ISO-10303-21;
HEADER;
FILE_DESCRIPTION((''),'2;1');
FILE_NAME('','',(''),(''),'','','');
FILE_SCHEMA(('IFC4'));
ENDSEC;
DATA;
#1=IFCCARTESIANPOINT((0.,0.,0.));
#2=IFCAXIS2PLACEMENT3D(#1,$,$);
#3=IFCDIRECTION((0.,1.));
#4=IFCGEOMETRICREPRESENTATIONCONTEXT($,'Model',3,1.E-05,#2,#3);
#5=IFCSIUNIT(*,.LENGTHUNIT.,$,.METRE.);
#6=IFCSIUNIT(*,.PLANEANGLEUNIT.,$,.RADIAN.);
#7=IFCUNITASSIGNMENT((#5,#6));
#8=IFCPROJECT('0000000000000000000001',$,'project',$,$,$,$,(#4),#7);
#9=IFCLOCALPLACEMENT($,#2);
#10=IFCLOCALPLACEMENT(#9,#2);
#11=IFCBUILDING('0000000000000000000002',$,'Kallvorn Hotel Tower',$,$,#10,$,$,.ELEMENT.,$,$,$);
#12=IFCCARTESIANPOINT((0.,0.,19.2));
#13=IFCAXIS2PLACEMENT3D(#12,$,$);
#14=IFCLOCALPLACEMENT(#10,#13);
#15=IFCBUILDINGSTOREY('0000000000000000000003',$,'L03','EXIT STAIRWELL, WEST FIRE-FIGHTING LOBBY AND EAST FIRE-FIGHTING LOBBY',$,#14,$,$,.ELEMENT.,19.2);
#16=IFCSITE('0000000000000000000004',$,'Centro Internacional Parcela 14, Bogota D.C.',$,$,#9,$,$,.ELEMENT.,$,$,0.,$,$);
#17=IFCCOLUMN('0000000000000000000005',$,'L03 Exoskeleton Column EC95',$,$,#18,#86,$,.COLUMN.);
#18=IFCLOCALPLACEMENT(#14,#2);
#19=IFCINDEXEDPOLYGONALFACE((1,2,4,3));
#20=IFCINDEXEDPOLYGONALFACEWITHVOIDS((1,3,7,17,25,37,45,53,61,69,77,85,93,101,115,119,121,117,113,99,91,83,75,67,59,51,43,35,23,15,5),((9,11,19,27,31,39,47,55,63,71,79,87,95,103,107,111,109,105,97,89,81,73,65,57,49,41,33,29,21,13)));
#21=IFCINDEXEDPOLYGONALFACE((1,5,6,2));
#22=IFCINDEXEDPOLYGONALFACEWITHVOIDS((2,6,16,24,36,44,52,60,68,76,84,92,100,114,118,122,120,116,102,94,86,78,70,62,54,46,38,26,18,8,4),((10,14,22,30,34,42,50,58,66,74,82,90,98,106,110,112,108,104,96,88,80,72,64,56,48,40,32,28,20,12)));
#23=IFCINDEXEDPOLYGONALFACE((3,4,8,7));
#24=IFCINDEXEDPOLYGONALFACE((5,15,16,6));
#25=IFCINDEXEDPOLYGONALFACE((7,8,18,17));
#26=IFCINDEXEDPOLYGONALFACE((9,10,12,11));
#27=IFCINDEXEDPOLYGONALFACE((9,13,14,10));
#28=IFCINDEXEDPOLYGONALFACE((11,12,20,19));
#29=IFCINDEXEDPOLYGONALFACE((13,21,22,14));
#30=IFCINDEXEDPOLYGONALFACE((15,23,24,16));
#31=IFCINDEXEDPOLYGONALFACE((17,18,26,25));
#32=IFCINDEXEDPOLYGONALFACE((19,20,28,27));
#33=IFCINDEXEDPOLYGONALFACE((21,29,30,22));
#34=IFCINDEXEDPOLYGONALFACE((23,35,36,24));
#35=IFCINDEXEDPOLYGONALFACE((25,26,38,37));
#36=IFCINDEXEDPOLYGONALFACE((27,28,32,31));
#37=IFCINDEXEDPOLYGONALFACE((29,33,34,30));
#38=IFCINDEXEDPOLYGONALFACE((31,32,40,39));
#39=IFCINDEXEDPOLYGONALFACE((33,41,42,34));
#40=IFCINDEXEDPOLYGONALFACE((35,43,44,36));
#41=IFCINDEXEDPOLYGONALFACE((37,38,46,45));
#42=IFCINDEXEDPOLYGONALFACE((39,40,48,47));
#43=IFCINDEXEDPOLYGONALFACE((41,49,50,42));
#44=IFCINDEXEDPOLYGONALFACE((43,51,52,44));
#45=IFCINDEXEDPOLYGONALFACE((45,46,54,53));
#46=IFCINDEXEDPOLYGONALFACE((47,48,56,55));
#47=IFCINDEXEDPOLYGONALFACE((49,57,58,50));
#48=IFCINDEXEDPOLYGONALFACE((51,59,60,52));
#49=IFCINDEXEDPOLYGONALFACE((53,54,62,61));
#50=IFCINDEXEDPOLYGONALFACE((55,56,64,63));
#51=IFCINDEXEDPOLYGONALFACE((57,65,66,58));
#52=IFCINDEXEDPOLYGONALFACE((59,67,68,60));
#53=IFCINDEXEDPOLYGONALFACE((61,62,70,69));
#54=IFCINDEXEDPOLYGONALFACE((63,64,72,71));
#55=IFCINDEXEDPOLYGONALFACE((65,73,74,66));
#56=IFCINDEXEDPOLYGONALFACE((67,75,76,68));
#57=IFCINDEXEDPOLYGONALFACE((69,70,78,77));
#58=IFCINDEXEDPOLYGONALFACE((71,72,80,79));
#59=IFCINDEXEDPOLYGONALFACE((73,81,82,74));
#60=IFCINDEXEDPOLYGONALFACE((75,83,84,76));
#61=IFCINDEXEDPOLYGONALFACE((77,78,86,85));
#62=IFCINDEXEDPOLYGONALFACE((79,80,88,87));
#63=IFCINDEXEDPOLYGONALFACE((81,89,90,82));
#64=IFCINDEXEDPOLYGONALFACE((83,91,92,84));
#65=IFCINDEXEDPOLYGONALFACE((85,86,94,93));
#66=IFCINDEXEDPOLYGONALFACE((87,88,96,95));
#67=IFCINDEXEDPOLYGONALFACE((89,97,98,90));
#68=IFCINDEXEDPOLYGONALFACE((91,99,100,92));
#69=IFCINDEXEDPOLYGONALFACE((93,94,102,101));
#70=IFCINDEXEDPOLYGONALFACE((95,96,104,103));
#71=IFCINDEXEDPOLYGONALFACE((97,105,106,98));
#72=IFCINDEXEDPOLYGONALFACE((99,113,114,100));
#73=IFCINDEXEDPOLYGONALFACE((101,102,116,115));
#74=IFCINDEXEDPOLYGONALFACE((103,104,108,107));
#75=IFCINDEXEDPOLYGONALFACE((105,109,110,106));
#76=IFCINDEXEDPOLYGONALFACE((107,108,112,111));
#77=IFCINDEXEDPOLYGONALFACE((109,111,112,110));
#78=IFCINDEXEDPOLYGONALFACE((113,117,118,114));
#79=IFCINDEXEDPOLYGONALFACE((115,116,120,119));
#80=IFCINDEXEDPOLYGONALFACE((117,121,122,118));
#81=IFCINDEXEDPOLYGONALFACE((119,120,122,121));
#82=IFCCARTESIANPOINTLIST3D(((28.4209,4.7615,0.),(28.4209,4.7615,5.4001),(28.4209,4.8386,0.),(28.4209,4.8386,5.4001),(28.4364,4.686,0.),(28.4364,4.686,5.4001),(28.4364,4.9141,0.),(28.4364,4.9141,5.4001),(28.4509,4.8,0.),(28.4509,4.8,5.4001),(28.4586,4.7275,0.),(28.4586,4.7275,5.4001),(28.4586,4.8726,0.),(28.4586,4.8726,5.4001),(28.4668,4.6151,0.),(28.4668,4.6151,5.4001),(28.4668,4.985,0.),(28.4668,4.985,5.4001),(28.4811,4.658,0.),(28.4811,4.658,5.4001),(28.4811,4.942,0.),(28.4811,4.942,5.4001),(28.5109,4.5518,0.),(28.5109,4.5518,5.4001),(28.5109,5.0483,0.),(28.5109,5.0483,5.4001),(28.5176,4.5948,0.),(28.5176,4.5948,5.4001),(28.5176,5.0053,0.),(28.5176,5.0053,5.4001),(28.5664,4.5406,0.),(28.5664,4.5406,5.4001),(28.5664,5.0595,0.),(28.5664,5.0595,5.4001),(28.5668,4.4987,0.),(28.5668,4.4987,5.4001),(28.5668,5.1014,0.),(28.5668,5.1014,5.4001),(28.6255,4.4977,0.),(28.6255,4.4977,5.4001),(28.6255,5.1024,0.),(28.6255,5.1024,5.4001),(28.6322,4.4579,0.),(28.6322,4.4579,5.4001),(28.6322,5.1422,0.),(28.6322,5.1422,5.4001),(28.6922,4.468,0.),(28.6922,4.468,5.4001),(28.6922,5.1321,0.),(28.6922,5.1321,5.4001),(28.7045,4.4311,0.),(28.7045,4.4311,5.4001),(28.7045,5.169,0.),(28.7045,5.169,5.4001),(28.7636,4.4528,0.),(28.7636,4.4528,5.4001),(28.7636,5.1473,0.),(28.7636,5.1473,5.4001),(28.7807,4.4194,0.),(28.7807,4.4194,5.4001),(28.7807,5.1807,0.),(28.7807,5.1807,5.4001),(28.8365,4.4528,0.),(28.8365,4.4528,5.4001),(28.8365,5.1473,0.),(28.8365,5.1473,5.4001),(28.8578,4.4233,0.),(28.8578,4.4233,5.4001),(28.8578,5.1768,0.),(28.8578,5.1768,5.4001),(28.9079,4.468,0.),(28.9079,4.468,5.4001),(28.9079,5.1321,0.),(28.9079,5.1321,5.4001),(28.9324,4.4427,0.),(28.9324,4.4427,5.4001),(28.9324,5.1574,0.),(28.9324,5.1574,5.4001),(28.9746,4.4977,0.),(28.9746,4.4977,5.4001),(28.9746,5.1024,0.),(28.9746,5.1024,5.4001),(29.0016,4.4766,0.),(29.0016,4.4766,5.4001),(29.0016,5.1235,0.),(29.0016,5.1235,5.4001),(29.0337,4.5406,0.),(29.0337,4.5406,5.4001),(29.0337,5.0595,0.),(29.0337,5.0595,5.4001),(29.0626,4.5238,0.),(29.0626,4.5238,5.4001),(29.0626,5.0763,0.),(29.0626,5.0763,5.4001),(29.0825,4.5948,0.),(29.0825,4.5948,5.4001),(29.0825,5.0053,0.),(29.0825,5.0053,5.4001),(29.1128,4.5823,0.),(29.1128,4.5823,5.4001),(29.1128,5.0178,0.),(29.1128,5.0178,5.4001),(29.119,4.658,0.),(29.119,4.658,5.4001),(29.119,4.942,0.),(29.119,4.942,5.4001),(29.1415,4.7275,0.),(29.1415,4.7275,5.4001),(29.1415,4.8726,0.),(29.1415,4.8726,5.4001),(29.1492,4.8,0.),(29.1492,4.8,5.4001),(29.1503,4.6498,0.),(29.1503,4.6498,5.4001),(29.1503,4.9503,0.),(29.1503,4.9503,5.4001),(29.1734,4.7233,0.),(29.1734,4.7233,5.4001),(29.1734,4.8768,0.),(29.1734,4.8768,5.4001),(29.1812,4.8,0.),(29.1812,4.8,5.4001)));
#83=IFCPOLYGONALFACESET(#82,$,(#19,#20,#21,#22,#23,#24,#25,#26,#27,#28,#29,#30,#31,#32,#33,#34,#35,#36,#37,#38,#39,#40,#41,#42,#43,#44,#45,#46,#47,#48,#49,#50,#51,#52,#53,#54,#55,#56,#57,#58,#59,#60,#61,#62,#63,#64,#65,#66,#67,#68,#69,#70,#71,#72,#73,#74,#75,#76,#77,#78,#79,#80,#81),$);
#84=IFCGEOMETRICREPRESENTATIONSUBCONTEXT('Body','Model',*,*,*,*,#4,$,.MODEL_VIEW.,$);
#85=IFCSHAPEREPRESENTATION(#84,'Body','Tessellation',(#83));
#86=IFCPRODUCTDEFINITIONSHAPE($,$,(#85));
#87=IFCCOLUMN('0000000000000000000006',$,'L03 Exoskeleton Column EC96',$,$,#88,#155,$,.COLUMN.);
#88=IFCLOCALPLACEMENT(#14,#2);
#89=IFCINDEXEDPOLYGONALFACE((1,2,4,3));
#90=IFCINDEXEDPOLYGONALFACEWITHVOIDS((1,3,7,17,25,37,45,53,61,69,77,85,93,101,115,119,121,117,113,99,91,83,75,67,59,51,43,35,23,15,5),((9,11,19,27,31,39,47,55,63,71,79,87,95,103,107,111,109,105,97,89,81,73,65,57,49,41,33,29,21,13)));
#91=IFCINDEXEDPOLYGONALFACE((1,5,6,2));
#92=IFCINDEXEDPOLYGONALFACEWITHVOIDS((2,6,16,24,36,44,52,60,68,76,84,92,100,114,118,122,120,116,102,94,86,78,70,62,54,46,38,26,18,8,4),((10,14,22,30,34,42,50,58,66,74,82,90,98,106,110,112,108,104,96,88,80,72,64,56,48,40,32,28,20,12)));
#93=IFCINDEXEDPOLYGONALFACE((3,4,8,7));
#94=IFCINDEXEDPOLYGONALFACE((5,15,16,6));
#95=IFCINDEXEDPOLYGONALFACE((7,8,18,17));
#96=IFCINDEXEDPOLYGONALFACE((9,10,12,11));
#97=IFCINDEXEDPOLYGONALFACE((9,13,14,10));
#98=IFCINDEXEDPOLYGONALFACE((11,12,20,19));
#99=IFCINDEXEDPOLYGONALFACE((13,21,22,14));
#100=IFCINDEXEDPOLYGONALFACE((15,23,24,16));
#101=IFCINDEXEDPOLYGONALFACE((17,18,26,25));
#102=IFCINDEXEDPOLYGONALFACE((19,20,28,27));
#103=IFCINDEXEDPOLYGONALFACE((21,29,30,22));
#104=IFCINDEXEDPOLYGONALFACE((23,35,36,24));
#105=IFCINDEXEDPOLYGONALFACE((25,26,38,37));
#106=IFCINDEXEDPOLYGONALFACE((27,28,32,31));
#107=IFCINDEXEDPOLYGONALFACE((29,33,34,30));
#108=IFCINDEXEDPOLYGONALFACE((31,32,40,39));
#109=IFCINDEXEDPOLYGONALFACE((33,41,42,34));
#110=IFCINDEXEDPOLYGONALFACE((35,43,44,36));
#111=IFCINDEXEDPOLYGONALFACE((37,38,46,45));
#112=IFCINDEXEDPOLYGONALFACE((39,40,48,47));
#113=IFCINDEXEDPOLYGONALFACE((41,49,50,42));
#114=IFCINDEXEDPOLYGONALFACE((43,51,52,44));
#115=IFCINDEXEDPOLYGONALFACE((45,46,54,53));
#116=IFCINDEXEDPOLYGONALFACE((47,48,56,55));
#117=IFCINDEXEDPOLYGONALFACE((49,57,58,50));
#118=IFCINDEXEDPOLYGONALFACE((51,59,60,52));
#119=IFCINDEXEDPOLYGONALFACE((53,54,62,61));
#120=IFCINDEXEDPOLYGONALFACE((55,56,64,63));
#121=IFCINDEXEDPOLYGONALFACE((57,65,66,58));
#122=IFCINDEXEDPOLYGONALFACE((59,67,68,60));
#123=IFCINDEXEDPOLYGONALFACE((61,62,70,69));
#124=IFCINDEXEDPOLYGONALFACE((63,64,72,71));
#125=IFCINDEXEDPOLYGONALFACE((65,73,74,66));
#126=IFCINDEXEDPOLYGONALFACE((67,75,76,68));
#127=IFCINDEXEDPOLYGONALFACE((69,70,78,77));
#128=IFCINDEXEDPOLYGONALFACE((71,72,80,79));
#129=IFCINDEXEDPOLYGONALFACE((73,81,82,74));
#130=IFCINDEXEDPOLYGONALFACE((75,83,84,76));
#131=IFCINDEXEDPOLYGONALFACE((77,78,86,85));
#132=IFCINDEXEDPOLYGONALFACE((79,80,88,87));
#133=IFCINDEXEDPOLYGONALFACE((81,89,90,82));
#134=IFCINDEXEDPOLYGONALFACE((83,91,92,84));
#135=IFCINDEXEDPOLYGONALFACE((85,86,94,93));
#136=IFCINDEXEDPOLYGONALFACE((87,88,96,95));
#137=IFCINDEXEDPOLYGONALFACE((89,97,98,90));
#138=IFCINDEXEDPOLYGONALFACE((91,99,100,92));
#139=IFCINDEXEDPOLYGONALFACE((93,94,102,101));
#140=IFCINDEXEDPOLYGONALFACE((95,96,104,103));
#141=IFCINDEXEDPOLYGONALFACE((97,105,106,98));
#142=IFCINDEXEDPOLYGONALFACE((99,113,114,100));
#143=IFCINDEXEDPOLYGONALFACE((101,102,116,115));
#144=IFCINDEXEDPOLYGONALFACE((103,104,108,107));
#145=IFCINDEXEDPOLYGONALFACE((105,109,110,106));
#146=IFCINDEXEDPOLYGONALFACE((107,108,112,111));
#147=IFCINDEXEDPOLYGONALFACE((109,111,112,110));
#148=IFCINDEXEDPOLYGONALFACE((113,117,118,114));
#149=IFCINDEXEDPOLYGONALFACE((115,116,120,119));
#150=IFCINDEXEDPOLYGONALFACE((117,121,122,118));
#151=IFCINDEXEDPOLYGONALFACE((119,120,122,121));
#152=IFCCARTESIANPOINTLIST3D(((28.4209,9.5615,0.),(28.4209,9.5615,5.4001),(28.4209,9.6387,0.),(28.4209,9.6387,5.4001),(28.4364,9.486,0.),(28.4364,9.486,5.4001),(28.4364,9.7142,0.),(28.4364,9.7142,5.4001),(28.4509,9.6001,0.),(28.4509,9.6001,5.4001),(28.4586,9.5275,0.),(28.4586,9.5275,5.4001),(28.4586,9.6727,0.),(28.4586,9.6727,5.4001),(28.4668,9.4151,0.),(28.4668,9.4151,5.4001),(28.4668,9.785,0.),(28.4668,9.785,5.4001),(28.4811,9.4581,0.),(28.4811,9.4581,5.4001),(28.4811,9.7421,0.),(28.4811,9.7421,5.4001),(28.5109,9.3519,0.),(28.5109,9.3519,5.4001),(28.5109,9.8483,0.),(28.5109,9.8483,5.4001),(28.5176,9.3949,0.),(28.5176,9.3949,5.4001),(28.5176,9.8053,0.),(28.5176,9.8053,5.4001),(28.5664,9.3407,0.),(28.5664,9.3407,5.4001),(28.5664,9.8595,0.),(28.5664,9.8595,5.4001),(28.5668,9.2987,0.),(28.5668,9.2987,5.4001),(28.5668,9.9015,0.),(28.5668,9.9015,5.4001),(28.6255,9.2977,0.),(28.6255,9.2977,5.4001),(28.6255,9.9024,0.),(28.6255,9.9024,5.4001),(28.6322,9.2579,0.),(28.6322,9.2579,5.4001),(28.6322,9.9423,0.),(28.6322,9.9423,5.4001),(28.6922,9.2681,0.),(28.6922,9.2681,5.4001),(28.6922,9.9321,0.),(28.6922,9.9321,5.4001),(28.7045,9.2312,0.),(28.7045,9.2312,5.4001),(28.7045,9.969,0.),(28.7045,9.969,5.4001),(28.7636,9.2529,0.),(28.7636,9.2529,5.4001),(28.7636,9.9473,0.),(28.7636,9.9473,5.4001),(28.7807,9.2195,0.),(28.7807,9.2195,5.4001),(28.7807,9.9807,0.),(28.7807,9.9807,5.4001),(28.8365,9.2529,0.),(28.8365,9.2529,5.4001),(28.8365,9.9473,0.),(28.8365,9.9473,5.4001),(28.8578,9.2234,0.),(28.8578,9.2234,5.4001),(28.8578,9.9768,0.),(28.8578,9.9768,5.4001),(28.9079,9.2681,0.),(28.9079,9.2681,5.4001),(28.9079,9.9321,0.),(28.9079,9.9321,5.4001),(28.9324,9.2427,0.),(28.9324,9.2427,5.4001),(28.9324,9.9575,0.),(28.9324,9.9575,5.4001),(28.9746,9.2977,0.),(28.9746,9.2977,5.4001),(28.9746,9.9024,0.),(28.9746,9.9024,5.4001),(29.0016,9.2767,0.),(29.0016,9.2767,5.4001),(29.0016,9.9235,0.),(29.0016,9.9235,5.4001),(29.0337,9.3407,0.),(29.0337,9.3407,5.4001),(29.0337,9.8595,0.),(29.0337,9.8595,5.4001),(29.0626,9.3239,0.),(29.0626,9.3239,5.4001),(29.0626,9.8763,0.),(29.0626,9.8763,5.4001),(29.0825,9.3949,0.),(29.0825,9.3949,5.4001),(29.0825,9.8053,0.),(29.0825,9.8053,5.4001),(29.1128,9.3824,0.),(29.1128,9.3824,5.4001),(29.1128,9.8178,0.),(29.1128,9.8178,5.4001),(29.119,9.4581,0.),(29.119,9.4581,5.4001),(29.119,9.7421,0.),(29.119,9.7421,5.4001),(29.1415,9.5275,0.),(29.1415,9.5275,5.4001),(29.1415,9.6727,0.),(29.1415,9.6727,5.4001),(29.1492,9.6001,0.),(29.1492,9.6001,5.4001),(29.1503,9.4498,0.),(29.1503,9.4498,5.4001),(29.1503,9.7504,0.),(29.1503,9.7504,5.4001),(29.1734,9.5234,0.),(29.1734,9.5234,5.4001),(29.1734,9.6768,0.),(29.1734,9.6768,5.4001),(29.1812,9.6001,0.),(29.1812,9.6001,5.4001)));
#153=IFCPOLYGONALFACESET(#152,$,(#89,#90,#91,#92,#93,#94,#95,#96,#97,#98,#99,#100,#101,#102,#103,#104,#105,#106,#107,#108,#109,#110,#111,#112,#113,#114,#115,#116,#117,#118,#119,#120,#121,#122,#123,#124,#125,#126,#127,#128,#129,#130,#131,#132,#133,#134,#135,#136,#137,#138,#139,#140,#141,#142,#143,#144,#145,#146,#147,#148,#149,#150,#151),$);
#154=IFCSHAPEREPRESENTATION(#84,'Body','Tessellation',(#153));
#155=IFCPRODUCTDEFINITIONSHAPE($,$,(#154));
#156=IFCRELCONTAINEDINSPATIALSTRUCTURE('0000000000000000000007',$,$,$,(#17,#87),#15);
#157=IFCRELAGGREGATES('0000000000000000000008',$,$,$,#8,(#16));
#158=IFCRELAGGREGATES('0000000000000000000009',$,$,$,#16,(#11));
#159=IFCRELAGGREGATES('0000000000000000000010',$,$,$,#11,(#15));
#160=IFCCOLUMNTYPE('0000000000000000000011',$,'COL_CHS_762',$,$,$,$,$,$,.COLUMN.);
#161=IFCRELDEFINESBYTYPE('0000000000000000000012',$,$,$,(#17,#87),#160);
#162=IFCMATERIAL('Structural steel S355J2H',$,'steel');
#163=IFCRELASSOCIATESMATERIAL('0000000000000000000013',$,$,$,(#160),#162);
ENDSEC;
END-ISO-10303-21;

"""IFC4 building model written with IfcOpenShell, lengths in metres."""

from ifc_helpers import new_model, si_unit, direction, frame, origin, origin_2d, place, context, subcontext, project, spatial, hollow_circle, extrude, material, material_profile, profile_set, type_object, element, save


model = new_model("IFC4")

# Units and contexts
model_context = context("Model", 3, precision=1e-05, world=origin(), true_north=direction((0.0, 1.0)))
body_context = subcontext(model_context, "Body", "Model", "MODEL_VIEW")
ifc_project = project(units=[si_unit("LENGTHUNIT", "METRE"), si_unit("PLANEANGLEUNIT", "RADIAN")], contexts=[model_context])

# Site, building, storey
site_placement = place(None, origin())
site = spatial("IfcSite", under=ifc_project, at=site_placement, Name="Centro Internacional Parcela 14, Bogota D.C.", CompositionType="ELEMENT", RefElevation=0.0)
building_placement = place(site_placement, origin())
building = spatial("IfcBuilding", under=site, at=building_placement, Name="Kallvorn Hotel Tower", CompositionType="ELEMENT")
storey_placement = place(building_placement, frame((0.0, 0.0, 19.2)))
storey = spatial("IfcBuildingStorey", under=building, at=storey_placement, Name="L03", Description="EXIT STAIRWELL, WEST FIRE-FIGHTING LOBBY AND EAST FIRE-FIGHTING LOBBY", CompositionType="ELEMENT", Elevation=19.2)

# Columns
ifc_material_1 = material(Name="Structural steel S355J2H", Category="steel")
ifc_material_profile_1 = material_profile(ifc_material_1, hollow_circle(Radius=0.3811, WallThickness=0.032, at=origin_2d()), Name="CHS 762x32")
ifc_profile_set_1 = profile_set([ifc_material_profile_1], Name="Structural steel S355J2H")
column_type_1 = type_object("IfcColumnType", Name="COL_CHS_762", PredefinedType="COLUMN", material=ifc_profile_set_1)
for number, where, z_axis, x_axis, name in (
    (1, (28.8, 4.8, 0.0), (0.0, 0.0, 1.0), (1.0, 0.0, 0.0), "L03 Exoskeleton Column EC95"),
    (2, (28.8, 9.6001, 0.0), (0.0, 0.0, 1.0), (1.0, 0.0, 0.0), "L03 Exoskeleton Column EC96"),
):
    element("IfcColumn", number, at=place(storey_placement, frame(where, z_axis=z_axis, x_axis=x_axis)), inside=storey, type_object=column_type_1, Name=name, PredefinedType="COLUMN", context=body_context, shape_type="SweptSolid", body=[
        extrude(hollow_circle(Radius=0.3811, WallThickness=0.032, at=origin_2d()), origin(), (0.0, 0.0, 1.0), 5.4001),
    ])

save(model, "model.ifc")
